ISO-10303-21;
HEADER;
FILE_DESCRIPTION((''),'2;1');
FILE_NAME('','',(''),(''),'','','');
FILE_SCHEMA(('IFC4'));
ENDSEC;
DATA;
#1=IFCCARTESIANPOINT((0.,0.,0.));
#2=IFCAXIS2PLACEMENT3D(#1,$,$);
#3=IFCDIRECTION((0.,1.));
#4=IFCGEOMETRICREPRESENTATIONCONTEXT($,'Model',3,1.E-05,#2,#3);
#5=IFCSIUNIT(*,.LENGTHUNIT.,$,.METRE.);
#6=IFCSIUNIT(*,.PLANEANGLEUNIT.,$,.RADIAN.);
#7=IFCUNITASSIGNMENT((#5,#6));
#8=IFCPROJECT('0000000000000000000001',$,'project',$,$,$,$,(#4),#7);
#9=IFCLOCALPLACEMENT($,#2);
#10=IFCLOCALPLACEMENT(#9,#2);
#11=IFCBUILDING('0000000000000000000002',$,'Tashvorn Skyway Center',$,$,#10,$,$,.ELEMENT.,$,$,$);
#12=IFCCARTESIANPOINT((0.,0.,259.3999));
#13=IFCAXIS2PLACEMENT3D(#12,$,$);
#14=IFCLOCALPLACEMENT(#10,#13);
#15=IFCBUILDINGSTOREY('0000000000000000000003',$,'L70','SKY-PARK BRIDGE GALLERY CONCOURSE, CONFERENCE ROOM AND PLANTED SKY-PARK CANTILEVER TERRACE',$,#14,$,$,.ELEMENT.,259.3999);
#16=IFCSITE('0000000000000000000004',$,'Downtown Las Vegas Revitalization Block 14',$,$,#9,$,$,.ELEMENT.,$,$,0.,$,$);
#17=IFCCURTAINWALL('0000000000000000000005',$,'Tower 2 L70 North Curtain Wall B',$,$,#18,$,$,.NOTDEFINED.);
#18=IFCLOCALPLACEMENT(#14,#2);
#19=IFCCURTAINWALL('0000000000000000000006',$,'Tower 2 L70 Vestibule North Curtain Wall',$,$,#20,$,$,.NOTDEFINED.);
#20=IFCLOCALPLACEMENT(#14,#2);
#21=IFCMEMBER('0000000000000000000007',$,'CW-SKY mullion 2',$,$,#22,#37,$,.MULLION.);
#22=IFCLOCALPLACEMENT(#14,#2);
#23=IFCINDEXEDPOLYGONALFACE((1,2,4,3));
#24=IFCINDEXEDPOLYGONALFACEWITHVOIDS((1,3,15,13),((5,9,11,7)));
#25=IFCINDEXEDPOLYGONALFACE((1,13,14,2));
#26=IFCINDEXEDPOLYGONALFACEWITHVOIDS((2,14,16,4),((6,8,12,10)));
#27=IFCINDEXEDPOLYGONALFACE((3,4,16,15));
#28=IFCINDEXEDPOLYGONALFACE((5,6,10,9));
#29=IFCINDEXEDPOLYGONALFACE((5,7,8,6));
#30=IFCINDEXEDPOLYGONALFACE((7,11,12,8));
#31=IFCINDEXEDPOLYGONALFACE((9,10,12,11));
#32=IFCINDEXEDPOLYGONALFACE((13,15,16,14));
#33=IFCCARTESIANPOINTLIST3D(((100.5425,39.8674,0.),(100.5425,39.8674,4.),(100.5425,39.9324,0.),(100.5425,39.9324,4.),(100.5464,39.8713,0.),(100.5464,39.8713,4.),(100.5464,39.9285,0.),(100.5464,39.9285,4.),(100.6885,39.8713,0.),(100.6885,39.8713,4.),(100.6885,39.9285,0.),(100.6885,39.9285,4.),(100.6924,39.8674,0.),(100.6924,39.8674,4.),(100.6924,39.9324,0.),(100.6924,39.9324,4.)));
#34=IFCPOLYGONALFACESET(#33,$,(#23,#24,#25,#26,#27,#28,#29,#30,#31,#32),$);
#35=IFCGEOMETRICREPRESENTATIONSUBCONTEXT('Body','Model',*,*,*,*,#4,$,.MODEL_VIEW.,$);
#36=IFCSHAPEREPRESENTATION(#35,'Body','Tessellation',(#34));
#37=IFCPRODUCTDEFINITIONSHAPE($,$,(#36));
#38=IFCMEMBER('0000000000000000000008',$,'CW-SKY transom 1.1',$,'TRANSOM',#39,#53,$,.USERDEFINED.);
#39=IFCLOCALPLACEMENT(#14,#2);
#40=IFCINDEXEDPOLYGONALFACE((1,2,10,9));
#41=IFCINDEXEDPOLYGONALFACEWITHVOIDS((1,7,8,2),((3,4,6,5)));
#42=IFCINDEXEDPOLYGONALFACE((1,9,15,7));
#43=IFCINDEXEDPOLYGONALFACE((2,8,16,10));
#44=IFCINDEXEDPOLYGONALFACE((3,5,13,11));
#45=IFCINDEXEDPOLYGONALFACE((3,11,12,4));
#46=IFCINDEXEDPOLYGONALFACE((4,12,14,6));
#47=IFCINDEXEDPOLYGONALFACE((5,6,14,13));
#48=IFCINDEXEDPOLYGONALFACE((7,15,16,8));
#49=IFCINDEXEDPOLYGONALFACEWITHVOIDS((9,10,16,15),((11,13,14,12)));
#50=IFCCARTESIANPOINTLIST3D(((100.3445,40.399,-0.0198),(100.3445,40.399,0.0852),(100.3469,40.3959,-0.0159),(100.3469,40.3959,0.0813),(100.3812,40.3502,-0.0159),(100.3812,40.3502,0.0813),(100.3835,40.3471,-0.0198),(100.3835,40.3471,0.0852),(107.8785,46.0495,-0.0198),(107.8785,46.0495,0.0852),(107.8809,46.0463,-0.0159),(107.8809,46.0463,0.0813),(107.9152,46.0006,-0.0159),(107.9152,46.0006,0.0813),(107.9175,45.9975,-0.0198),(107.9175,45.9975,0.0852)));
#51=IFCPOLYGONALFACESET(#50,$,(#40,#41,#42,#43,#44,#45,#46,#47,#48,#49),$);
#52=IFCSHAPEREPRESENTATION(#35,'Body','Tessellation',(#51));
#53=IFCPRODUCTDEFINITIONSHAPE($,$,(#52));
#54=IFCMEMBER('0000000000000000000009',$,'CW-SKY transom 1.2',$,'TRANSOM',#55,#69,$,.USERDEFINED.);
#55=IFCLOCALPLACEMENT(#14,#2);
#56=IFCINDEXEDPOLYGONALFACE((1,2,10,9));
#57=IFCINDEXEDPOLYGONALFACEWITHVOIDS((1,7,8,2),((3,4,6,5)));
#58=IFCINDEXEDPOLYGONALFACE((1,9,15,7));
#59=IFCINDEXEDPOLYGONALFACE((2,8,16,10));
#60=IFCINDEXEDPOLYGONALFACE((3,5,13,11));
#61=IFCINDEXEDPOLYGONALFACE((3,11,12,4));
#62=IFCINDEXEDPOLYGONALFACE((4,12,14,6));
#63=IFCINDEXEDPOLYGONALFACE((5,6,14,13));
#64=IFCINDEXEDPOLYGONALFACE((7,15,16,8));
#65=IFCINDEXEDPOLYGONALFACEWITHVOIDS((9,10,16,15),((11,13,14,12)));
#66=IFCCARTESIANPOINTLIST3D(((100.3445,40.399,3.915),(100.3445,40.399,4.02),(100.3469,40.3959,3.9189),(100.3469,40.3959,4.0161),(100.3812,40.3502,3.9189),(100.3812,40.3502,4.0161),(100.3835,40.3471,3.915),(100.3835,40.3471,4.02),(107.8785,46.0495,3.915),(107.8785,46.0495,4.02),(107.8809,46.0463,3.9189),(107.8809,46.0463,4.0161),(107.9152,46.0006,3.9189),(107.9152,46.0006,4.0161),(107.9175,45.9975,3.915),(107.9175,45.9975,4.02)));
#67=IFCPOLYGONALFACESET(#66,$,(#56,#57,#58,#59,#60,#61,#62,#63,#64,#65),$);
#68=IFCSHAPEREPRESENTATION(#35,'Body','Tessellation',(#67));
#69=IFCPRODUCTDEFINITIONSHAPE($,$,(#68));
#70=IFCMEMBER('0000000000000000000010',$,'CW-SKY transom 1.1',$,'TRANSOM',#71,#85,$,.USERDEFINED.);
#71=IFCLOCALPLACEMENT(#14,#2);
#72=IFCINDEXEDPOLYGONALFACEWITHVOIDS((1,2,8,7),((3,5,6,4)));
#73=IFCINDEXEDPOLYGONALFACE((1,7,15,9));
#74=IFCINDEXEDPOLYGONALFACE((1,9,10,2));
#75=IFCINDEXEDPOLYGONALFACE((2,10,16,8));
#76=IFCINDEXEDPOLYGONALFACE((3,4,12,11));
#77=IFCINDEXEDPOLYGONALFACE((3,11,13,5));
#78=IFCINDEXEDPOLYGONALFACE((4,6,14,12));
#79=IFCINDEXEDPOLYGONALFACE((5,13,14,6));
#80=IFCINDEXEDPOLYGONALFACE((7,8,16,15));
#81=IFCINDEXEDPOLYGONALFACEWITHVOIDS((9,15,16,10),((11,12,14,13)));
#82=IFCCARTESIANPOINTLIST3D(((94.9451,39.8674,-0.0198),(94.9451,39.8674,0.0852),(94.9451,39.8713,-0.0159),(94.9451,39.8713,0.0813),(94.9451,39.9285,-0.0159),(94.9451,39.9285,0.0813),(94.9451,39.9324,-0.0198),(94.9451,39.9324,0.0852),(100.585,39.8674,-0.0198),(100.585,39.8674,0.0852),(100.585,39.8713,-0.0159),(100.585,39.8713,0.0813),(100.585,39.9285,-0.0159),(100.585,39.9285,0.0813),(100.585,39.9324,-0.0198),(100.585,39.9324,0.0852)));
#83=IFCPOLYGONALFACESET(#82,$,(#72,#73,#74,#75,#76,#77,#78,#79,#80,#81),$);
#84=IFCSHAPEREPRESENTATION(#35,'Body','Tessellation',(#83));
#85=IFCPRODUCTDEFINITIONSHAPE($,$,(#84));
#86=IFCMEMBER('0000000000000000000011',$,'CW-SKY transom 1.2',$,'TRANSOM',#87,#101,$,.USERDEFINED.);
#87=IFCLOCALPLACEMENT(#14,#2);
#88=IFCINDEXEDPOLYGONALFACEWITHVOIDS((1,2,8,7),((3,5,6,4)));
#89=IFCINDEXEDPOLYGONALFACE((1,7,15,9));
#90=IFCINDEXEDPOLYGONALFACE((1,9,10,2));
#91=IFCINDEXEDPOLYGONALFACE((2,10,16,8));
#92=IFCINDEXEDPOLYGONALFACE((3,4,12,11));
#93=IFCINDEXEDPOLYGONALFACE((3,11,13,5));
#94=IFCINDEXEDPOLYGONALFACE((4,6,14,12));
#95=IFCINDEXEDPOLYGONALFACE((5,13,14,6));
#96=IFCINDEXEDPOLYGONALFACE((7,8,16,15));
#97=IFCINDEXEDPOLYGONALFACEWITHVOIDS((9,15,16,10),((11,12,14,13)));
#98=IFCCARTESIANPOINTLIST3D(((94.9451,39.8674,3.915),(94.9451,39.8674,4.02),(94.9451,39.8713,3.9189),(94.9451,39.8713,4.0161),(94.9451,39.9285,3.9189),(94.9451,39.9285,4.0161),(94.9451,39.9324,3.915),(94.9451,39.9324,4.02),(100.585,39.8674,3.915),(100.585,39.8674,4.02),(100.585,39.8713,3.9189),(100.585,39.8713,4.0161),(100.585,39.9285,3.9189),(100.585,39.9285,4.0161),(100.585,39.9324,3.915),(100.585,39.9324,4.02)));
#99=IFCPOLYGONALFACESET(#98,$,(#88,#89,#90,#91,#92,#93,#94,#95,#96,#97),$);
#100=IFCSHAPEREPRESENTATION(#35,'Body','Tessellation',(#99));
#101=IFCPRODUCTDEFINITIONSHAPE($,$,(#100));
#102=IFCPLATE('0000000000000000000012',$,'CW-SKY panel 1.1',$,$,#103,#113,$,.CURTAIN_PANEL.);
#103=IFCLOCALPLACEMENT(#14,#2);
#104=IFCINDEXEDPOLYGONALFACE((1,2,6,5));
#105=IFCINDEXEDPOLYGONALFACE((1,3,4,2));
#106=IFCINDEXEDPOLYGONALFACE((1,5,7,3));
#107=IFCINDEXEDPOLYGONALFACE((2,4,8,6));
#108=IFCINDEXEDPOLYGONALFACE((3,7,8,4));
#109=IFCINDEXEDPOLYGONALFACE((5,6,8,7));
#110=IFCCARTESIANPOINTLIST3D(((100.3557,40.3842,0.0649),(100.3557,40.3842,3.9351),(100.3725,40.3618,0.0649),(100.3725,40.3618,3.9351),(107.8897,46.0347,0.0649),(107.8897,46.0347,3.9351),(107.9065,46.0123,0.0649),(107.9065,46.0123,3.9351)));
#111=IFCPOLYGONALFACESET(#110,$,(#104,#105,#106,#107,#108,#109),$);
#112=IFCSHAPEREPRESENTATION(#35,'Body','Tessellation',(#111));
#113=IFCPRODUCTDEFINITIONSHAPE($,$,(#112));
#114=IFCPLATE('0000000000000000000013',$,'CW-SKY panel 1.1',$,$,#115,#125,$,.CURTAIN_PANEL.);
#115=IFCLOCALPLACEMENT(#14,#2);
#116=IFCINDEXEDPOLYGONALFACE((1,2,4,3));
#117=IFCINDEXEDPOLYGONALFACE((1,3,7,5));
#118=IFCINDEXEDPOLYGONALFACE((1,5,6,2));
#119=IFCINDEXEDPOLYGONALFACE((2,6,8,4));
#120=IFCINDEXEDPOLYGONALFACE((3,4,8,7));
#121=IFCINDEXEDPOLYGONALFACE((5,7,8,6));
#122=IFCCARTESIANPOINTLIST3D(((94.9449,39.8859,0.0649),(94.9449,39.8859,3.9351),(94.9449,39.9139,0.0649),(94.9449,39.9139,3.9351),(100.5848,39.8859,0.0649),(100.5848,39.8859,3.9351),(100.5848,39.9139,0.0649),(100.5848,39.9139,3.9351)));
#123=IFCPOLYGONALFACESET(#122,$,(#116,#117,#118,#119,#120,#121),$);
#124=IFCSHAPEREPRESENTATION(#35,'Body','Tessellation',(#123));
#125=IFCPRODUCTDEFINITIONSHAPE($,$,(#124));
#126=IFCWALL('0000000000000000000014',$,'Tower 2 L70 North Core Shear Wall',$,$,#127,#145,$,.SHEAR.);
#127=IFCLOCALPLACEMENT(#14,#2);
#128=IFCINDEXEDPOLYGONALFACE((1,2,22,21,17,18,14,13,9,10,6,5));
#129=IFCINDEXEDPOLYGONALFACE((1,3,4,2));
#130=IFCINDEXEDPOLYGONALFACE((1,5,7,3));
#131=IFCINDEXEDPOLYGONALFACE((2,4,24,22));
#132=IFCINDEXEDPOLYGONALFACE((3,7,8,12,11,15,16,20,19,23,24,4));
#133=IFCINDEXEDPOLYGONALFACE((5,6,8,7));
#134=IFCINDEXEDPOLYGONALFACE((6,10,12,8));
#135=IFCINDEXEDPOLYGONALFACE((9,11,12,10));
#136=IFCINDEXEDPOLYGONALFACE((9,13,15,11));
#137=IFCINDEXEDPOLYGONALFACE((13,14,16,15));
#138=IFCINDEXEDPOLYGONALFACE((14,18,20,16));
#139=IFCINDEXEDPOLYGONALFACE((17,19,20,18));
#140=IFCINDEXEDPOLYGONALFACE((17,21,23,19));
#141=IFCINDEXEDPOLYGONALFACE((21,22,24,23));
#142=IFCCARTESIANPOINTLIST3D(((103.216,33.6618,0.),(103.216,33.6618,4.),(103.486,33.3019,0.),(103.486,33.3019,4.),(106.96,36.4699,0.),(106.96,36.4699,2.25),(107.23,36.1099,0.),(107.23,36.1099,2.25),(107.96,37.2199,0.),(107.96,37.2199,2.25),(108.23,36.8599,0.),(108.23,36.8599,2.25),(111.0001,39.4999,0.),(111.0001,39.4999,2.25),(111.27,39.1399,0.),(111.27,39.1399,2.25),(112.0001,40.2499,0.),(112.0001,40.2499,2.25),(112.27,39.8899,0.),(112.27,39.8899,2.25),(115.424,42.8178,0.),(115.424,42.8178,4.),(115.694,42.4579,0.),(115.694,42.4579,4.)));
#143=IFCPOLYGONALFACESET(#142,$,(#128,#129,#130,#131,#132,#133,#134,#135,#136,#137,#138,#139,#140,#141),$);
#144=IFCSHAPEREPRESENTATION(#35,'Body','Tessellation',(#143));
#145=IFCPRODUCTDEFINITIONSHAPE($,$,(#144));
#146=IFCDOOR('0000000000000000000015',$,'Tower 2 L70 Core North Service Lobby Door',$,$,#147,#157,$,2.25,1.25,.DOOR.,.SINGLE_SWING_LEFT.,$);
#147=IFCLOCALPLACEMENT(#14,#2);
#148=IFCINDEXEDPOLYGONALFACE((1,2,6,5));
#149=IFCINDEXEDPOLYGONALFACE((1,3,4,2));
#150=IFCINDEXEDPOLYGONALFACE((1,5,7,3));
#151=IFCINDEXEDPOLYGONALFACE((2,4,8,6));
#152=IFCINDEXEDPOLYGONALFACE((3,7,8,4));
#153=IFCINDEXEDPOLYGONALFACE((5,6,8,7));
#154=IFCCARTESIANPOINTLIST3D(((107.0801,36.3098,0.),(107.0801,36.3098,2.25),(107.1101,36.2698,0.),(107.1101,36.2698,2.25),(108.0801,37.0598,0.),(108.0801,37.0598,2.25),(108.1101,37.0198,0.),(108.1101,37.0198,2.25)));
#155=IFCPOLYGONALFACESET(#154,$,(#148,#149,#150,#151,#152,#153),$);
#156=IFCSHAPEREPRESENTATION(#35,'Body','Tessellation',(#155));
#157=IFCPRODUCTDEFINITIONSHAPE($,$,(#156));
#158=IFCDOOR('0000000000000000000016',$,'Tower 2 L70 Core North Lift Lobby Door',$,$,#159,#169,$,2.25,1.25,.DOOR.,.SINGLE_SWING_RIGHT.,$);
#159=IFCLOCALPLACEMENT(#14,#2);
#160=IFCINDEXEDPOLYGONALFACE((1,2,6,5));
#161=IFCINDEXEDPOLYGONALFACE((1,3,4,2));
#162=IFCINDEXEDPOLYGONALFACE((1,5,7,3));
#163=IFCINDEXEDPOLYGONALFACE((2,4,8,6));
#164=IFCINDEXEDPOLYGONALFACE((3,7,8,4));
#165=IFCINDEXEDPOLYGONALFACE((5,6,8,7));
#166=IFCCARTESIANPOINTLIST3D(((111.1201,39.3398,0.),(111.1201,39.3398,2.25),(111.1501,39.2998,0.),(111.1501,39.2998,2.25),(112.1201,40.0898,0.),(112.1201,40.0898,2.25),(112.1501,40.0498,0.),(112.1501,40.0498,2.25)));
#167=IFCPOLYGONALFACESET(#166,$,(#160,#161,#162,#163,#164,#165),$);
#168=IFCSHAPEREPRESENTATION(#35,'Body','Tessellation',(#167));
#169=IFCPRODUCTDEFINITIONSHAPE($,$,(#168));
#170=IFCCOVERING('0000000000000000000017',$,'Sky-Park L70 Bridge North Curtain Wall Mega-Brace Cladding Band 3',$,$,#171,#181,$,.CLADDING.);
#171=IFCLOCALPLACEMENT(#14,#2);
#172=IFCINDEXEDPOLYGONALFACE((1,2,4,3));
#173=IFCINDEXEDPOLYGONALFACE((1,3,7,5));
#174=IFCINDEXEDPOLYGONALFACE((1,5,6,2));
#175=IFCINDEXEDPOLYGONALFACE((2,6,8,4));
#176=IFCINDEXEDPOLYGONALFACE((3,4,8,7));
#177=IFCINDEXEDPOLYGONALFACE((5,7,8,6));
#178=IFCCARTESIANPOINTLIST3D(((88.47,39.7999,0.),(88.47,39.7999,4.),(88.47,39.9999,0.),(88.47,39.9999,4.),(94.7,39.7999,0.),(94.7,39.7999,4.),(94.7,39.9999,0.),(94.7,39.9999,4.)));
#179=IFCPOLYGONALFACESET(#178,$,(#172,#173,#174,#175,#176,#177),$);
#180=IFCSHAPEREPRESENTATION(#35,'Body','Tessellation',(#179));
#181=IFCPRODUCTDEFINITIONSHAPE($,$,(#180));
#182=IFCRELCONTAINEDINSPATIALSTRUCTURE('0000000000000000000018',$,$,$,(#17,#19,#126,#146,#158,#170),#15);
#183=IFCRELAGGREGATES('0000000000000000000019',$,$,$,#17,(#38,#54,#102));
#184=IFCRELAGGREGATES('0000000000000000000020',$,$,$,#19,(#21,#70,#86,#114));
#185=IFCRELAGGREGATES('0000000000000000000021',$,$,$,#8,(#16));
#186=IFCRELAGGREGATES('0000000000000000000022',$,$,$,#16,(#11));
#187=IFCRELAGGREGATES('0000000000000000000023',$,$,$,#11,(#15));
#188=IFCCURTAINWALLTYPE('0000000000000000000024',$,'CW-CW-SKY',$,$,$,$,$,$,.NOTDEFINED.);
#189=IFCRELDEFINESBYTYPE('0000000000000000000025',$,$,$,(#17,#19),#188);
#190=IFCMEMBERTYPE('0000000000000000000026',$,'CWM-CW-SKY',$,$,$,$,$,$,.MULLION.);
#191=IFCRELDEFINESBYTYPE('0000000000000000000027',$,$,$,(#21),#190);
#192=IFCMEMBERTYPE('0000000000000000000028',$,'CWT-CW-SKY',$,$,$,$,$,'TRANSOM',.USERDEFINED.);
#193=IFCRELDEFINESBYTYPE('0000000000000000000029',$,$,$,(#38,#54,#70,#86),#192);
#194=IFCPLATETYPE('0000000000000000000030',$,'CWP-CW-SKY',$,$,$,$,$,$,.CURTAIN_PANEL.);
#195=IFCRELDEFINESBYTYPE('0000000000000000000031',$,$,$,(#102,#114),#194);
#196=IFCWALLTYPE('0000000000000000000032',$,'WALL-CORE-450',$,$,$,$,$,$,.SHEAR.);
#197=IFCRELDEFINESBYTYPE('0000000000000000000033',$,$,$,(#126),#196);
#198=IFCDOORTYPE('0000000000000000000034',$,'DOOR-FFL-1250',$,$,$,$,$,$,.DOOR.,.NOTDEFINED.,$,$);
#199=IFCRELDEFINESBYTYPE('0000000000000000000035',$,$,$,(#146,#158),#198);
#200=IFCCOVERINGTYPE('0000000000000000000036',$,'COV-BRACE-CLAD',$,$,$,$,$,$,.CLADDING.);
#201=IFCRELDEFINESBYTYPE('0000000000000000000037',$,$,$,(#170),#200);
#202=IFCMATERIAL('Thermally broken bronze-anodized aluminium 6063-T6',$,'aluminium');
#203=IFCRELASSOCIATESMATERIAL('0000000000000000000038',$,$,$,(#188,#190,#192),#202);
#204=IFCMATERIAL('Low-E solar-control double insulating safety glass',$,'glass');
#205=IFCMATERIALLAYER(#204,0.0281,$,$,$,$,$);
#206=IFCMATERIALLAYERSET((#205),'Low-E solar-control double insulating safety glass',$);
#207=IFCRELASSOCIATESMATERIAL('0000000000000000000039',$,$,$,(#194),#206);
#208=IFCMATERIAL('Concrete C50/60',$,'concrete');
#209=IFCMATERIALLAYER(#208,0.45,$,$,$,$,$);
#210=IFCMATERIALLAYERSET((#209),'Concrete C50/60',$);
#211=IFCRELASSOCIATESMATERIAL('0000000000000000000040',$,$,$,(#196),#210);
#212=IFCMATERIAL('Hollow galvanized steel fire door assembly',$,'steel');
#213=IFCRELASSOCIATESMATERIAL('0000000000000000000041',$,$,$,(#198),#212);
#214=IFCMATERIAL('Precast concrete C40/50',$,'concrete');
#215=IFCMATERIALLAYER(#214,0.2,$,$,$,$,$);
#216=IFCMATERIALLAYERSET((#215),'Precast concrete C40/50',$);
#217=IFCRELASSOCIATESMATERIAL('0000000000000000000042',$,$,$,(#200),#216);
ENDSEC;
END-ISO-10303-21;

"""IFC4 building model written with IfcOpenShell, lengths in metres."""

from ifc_helpers import new_model, si_unit, direction, frame, frame_2d, origin, origin_2d, place, context, subcontext, project, spatial, rectangle, hollow_rectangle, extrude, material, layer, layer_set, material_profile, profile_set, type_object, element, fill, aggregate, save


model = new_model("IFC4")

# Units and contexts
model_context = context("Model", 3, precision=1e-05, world=origin(), true_north=direction((0.0, 1.0)))
body_context = subcontext(model_context, "Body", "Model", "MODEL_VIEW")
ifc_project = project(units=[si_unit("LENGTHUNIT", "METRE"), si_unit("PLANEANGLEUNIT", "RADIAN")], contexts=[model_context])

# Site, building, storey
site_placement = place(None, origin())
site = spatial("IfcSite", under=ifc_project, at=site_placement, Name="Downtown Las Vegas Revitalization Block 14", CompositionType="ELEMENT", RefElevation=0.0)
building_placement = place(site_placement, origin())
building = spatial("IfcBuilding", under=site, at=building_placement, Name="Tashvorn Skyway Center", CompositionType="ELEMENT")
storey_placement = place(building_placement, frame((0.0, 0.0, 259.3999)))
storey = spatial("IfcBuildingStorey", under=building, at=storey_placement, Name="L70", Description="SKY-PARK BRIDGE GALLERY CONCOURSE, CONFERENCE ROOM AND PLANTED SKY-PARK CANTILEVER TERRACE", CompositionType="ELEMENT", Elevation=259.3999)

# Curtain wall
ifc_material_1 = material(Name="Thermally broken bronze-anodized aluminium 6063-T6", Category="aluminium")
curtain_wall_type = type_object("IfcCurtainWallType", Name="CW-CW-SKY", PredefinedType="NOTDEFINED", material=ifc_material_1)
curtain_wall_1_placement = place(storey_placement, origin())
curtain_wall_1 = element("IfcCurtainWall", 1, at=curtain_wall_1_placement, inside=storey, type_object=curtain_wall_type, Name="Tower 2 L70 North Curtain Wall B", PredefinedType="NOTDEFINED")
ifc_material_profile_1 = material_profile(ifc_material_1, hollow_rectangle(XDim=0.0649, YDim=0.1499, WallThickness=0.0039, at=origin_2d()), Name="ALU-MULL-65x150")
ifc_profile_set_1 = profile_set([ifc_material_profile_1], Name="Thermally broken bronze-anodized aluminium 6063-T6")
member_type_1 = type_object("IfcMemberType", Name="CWM-CW-SKY", PredefinedType="MULLION", material=ifc_profile_set_1)

# Curtain wall, member
curtain_wall_2_placement = place(storey_placement, origin())
curtain_wall_2 = element("IfcCurtainWall", 2, at=curtain_wall_2_placement, inside=storey, type_object=curtain_wall_type, Name="Tower 2 L70 Vestibule North Curtain Wall", PredefinedType="NOTDEFINED")
member_1_placement = place(storey_placement, frame((100.6174, 39.8999, 0.0), z_axis=(0.0, 0.0, 1.0), x_axis=(0.0, 1.0, 0.0)))
member_1 = element("IfcMember", 3, at=member_1_placement, type_object=member_type_1, Name="CW-SKY mullion 2", PredefinedType="MULLION", context=body_context, shape_type="SweptSolid", body=[
    extrude(hollow_rectangle(XDim=0.0649, YDim=0.1499, WallThickness=0.0039, at=origin_2d()), origin(), (0.0, 0.0, 1.0), 4.0),
])

# Members
ifc_material_profile_2 = material_profile(ifc_material_1, hollow_rectangle(XDim=0.0649, YDim=0.105, WallThickness=0.0039, at=origin_2d()), Name="ALU-TRAN-65x105")
ifc_profile_set_2 = profile_set([ifc_material_profile_2], Name="Thermally broken bronze-anodized aluminium 6063-T6")
member_type_2 = type_object("IfcMemberType", Name="CWT-CW-SKY", ElementType="TRANSOM", PredefinedType="USERDEFINED", material=ifc_profile_set_2)
member_2_placement = place(storey_placement, frame((100.364, 40.373, 0.0327), z_axis=(0.800003, 0.599996, 0.0), x_axis=(-0.599996, 0.800003, 0.0)))
member_2 = element("IfcMember", 4, at=member_2_placement, type_object=member_type_2, Name="CW-SKY transom 1.1", ObjectType="TRANSOM", PredefinedType="USERDEFINED", context=body_context, shape_type="SweptSolid", body=[
    extrude(hollow_rectangle(XDim=0.0649, YDim=0.105, WallThickness=0.0039, at=origin_2d()), origin(), (0.0, 0.0, 1.0), 9.4175),
])
member_3_placement = place(storey_placement, frame((100.364, 40.373, 3.9675), z_axis=(0.800003, 0.599996, 0.0), x_axis=(-0.599996, 0.800003, 0.0)))
member_3 = element("IfcMember", 5, at=member_3_placement, type_object=member_type_2, Name="CW-SKY transom 1.2", ObjectType="TRANSOM", PredefinedType="USERDEFINED", context=body_context, shape_type="SweptSolid", body=[
    extrude(hollow_rectangle(XDim=0.0649, YDim=0.105, WallThickness=0.0039, at=origin_2d()), origin(), (0.0, 0.0, 1.0), 9.4175),
])
member_4_placement = place(storey_placement, frame((94.9451, 39.8999, 0.0327), z_axis=(1.0, 0.0, 0.0), x_axis=(0.0, 1.0, 0.0)))
member_4 = element("IfcMember", 6, at=member_4_placement, type_object=member_type_2, Name="CW-SKY transom 1.1", ObjectType="TRANSOM", PredefinedType="USERDEFINED", context=body_context, shape_type="SweptSolid", body=[
    extrude(hollow_rectangle(XDim=0.0649, YDim=0.105, WallThickness=0.0039, at=origin_2d()), origin(), (0.0, 0.0, 1.0), 5.6399),
])
member_5_placement = place(storey_placement, frame((94.9451, 39.8999, 3.9675), z_axis=(1.0, 0.0, 0.0), x_axis=(0.0, 1.0, 0.0)))
member_5 = element("IfcMember", 7, at=member_5_placement, type_object=member_type_2, Name="CW-SKY transom 1.2", ObjectType="TRANSOM", PredefinedType="USERDEFINED", context=body_context, shape_type="SweptSolid", body=[
    extrude(hollow_rectangle(XDim=0.0649, YDim=0.105, WallThickness=0.0039, at=origin_2d()), origin(), (0.0, 0.0, 1.0), 5.6399),
])

# Plates
ifc_material_2 = material(Name="Low-E solar-control double insulating safety glass", Category="glass")
ifc_layer_1 = layer(ifc_material_2, 0.0281)
ifc_layer_set_1 = layer_set([ifc_layer_1], Name="Low-E solar-control double insulating safety glass")
plate_type = type_object("IfcPlateType", Name="CWP-CW-SKY", PredefinedType="CURTAIN_PANEL", material=ifc_layer_set_1)
plate_1_placement = place(storey_placement, frame((104.1311, 43.1982, 0.0649), z_axis=(0.0, 0.0, 1.0), x_axis=(0.8, 0.6, 0.0)))
plate_1 = element("IfcPlate", 8, at=plate_1_placement, type_object=plate_type, Name="CW-SKY panel 1.1", PredefinedType="CURTAIN_PANEL", context=body_context, shape_type="SweptSolid", body=[
    extrude(rectangle(XDim=9.4175, YDim=0.0281, at=origin_2d()), origin(), (0.0, 0.0, 1.0), 3.8701),
])
aggregate(curtain_wall_1, [member_2, member_3, plate_1])
plate_2_placement = place(storey_placement, frame((97.7649, 39.8999, 0.0649), z_axis=(0.0, 0.0, 1.0), x_axis=(1.0, 0.0, 0.0)))
plate_2 = element("IfcPlate", 9, at=plate_2_placement, type_object=plate_type, Name="CW-SKY panel 1.1", PredefinedType="CURTAIN_PANEL", context=body_context, shape_type="SweptSolid", body=[
    extrude(rectangle(XDim=5.6399, YDim=0.0281, at=origin_2d()), origin(), (0.0, 0.0, 1.0), 3.8701),
])
aggregate(curtain_wall_2, [member_1, member_4, member_5, plate_2])

# Wall, openings, doors
ifc_material_3 = material(Name="Concrete C50/60", Category="concrete")
ifc_layer_2 = layer(ifc_material_3, 0.45)
ifc_layer_set_2 = layer_set([ifc_layer_2], Name="Concrete C50/60")
wall_type = type_object("IfcWallType", Name="WALL-CORE-450", PredefinedType="SHEAR", material=ifc_layer_set_2)
wall_placement = place(storey_placement, frame((103.3511, 33.4819, 0.0), z_axis=(0.0, 0.0, 1.0), x_axis=(0.8, 0.6, 0.0)))
wall = element("IfcWall", 10, at=wall_placement, inside=storey, type_object=wall_type, Name="Tower 2 L70 North Core Shear Wall", PredefinedType="SHEAR", context=body_context, shape_type="SweptSolid", body=[
    extrude(rectangle(XDim=15.26, YDim=0.45, at=frame_2d((7.6299, 0.0))), origin(), (0.0, 0.0, 1.0), 4.0),
])
opening_1_placement = place(wall_placement, frame((4.6799, 0.0, 0.0)))
opening_1 = element("IfcOpeningElement", 11, at=opening_1_placement, cuts=wall, PredefinedType="OPENING", context=body_context, shape_type="SweptSolid", body=[
    extrude(rectangle(XDim=1.25, YDim=2.25, at=frame_2d((0.625, 1.125))), frame((0.0, 0.2349, 0.0), z_axis=(0.0, -1.0, 0.0), x_axis=(1.0, 0.0, 0.0)), (0.0, 0.0, 1.0), 0.47),
])
opening_2_placement = place(wall_placement, frame((9.73, 0.0, 0.0)))
opening_2 = element("IfcOpeningElement", 12, at=opening_2_placement, cuts=wall, PredefinedType="OPENING", context=body_context, shape_type="SweptSolid", body=[
    extrude(rectangle(XDim=1.25, YDim=2.25, at=frame_2d((0.625, 1.125))), frame((0.0, 0.2349, 0.0), z_axis=(0.0, -1.0, 0.0), x_axis=(1.0, 0.0, 0.0)), (0.0, 0.0, 1.0), 0.47),
])
ifc_material_4 = material(Name="Hollow galvanized steel fire door assembly", Category="steel")
door_type = type_object("IfcDoorType", Name="DOOR-FFL-1250", OperationType="NOTDEFINED", PredefinedType="DOOR", material=ifc_material_4)
door_1_placement = place(opening_1_placement, origin())
door_1 = element("IfcDoor", 13, at=door_1_placement, inside=storey, type_object=door_type, Name="Tower 2 L70 Core North Service Lobby Door", OperationType="SINGLE_SWING_LEFT", OverallHeight=2.25, OverallWidth=1.25, PredefinedType="DOOR", context=body_context, shape_type="SweptSolid", body=[
    extrude(rectangle(XDim=1.25, YDim=2.25, at=frame_2d((0.625, 1.125))), frame((0.0, 0.0249, 0.0), z_axis=(0.0, -1.0, 0.0), x_axis=(1.0, 0.0, 0.0)), (0.0, 0.0, 1.0), 0.05),
])
fill(opening_1, door_1)
door_2_placement = place(opening_2_placement, origin())
door_2 = element("IfcDoor", 14, at=door_2_placement, inside=storey, type_object=door_type, Name="Tower 2 L70 Core North Lift Lobby Door", OperationType="SINGLE_SWING_RIGHT", OverallHeight=2.25, OverallWidth=1.25, PredefinedType="DOOR", context=body_context, shape_type="SweptSolid", body=[
    extrude(rectangle(XDim=1.25, YDim=2.25, at=frame_2d((0.625, 1.125))), frame((0.0, 0.0249, 0.0), z_axis=(0.0, -1.0, 0.0), x_axis=(1.0, 0.0, 0.0)), (0.0, 0.0, 1.0), 0.05),
])
fill(opening_2, door_2)

# Covering
ifc_material_5 = material(Name="Precast concrete C40/50", Category="concrete")
ifc_layer_3 = layer(ifc_material_5, 0.2)
ifc_layer_set_3 = layer_set([ifc_layer_3], Name="Precast concrete C40/50")
covering_type_1 = type_object("IfcCoveringType", Name="COV-BRACE-CLAD", PredefinedType="CLADDING", material=ifc_layer_set_3)
covering_1_placement = place(storey_placement, frame((91.585, 39.8999, 0.0), z_axis=(0.0, 0.0, 1.0), x_axis=(1.0, 0.0, 0.0)))
element("IfcCovering", 15, at=covering_1_placement, inside=storey, type_object=covering_type_1, Name="Sky-Park L70 Bridge North Curtain Wall Mega-Brace Cladding Band 3", PredefinedType="CLADDING", context=body_context, shape_type="SweptSolid", body=[
    extrude(rectangle(XDim=6.23, YDim=0.2, at=origin_2d()), origin(), (0.0, 0.0, 1.0), 4.0),
])

save(model, "model.ifc")
